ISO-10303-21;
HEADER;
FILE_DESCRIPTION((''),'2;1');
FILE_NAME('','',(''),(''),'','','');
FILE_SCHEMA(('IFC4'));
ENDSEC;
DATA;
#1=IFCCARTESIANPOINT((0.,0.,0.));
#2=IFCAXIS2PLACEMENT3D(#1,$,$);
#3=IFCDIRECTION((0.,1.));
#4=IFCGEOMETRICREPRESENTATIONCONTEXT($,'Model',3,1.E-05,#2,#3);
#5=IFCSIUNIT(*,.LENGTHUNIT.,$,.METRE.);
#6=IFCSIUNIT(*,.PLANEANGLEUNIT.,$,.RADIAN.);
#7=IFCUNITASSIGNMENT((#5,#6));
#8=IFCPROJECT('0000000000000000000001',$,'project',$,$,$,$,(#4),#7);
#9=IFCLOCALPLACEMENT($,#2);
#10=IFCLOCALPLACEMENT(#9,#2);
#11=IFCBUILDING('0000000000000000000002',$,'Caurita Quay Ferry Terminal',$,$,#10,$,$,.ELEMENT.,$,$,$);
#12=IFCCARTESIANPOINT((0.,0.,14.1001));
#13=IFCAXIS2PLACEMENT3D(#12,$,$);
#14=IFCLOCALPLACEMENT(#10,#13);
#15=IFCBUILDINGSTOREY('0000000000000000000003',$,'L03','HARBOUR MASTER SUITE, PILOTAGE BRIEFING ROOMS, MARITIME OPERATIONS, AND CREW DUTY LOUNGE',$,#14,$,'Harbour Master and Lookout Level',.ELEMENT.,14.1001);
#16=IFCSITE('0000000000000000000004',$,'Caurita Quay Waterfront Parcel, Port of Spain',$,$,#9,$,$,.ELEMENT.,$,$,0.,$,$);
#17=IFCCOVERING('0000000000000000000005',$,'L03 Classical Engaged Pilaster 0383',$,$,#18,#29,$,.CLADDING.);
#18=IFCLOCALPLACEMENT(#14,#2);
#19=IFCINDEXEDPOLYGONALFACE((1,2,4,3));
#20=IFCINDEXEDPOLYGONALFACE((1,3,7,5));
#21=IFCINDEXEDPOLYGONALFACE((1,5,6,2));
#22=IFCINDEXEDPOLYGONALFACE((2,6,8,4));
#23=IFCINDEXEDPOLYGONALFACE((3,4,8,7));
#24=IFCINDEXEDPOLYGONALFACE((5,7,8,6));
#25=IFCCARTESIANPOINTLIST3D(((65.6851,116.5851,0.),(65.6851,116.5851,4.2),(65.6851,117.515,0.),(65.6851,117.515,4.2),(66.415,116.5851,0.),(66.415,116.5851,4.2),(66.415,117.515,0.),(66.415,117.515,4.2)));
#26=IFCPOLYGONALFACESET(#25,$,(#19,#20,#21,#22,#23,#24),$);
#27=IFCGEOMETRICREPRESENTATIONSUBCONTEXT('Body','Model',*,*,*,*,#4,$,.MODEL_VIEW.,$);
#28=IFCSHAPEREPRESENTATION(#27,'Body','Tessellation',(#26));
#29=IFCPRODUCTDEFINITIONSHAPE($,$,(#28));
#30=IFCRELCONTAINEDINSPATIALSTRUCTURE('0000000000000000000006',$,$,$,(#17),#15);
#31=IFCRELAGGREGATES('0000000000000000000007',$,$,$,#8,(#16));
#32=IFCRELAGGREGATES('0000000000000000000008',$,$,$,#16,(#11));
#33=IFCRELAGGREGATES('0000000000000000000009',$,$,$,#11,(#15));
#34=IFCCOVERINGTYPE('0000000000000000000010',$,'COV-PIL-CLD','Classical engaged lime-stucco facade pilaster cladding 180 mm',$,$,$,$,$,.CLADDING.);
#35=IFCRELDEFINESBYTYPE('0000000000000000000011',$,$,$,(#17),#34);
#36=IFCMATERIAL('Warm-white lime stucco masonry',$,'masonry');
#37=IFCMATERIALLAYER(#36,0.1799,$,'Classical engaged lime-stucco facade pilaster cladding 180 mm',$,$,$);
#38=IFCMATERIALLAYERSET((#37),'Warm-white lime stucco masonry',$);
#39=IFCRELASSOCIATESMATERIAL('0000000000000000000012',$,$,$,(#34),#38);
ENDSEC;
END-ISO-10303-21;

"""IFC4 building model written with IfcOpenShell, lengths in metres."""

from ifc_helpers import new_model, si_unit, direction, frame, origin, origin_2d, place, context, subcontext, project, spatial, rectangle, extrude, material, layer, layer_set, type_object, element, save


model = new_model("IFC4")

# Units and contexts
model_context = context("Model", 3, precision=1e-05, world=origin(), true_north=direction((0.0, 1.0)))
body_context = subcontext(model_context, "Body", "Model", "MODEL_VIEW")
ifc_project = project(units=[si_unit("LENGTHUNIT", "METRE"), si_unit("PLANEANGLEUNIT", "RADIAN")], contexts=[model_context])

# Site, building, storey
site_placement = place(None, origin())
site = spatial("IfcSite", under=ifc_project, at=site_placement, Name="Caurita Quay Waterfront Parcel, Port of Spain", CompositionType="ELEMENT", RefElevation=0.0)
building_placement = place(site_placement, origin())
building = spatial("IfcBuilding", under=site, at=building_placement, Name="Caurita Quay Ferry Terminal", CompositionType="ELEMENT")
storey_placement = place(building_placement, frame((0.0, 0.0, 14.1001)))
storey = spatial("IfcBuildingStorey", under=building, at=storey_placement, Name="L03", Description="HARBOUR MASTER SUITE, PILOTAGE BRIEFING ROOMS, MARITIME OPERATIONS, AND CREW DUTY LOUNGE", LongName="Harbour Master and Lookout Level", CompositionType="ELEMENT", Elevation=14.1001)

# Shared definitions
ifc_material_1 = material(Name="Warm-white lime stucco masonry", Category="masonry")

# Covering
ifc_layer_1 = layer(ifc_material_1, 0.1799, Name="Classical engaged lime-stucco facade pilaster cladding 180 mm")
ifc_layer_set_1 = layer_set([ifc_layer_1], Name="Warm-white lime stucco masonry")
covering_type = type_object("IfcCoveringType", Name="COV-PIL-CLD", Description="Classical engaged lime-stucco facade pilaster cladding 180 mm", PredefinedType="CLADDING", material=ifc_layer_set_1)
for number, where, z_axis, x_axis, name in (
    (1, (66.05, 117.05, 0.0), (0.0, 0.0, 1.0), (1.0, 0.0, 0.0), "L03 Classical Engaged Pilaster 0383"),
):
    element("IfcCovering", number, at=place(storey_placement, frame(where, z_axis=z_axis, x_axis=x_axis)), inside=storey, type_object=covering_type, Name=name, PredefinedType="CLADDING", context=body_context, shape_type="SweptSolid", body=[
        extrude(rectangle(XDim=0.73, YDim=0.9299, at=origin_2d()), origin(), (0.0, 0.0, 1.0), 4.2),
    ])

save(model, "model.ifc")
